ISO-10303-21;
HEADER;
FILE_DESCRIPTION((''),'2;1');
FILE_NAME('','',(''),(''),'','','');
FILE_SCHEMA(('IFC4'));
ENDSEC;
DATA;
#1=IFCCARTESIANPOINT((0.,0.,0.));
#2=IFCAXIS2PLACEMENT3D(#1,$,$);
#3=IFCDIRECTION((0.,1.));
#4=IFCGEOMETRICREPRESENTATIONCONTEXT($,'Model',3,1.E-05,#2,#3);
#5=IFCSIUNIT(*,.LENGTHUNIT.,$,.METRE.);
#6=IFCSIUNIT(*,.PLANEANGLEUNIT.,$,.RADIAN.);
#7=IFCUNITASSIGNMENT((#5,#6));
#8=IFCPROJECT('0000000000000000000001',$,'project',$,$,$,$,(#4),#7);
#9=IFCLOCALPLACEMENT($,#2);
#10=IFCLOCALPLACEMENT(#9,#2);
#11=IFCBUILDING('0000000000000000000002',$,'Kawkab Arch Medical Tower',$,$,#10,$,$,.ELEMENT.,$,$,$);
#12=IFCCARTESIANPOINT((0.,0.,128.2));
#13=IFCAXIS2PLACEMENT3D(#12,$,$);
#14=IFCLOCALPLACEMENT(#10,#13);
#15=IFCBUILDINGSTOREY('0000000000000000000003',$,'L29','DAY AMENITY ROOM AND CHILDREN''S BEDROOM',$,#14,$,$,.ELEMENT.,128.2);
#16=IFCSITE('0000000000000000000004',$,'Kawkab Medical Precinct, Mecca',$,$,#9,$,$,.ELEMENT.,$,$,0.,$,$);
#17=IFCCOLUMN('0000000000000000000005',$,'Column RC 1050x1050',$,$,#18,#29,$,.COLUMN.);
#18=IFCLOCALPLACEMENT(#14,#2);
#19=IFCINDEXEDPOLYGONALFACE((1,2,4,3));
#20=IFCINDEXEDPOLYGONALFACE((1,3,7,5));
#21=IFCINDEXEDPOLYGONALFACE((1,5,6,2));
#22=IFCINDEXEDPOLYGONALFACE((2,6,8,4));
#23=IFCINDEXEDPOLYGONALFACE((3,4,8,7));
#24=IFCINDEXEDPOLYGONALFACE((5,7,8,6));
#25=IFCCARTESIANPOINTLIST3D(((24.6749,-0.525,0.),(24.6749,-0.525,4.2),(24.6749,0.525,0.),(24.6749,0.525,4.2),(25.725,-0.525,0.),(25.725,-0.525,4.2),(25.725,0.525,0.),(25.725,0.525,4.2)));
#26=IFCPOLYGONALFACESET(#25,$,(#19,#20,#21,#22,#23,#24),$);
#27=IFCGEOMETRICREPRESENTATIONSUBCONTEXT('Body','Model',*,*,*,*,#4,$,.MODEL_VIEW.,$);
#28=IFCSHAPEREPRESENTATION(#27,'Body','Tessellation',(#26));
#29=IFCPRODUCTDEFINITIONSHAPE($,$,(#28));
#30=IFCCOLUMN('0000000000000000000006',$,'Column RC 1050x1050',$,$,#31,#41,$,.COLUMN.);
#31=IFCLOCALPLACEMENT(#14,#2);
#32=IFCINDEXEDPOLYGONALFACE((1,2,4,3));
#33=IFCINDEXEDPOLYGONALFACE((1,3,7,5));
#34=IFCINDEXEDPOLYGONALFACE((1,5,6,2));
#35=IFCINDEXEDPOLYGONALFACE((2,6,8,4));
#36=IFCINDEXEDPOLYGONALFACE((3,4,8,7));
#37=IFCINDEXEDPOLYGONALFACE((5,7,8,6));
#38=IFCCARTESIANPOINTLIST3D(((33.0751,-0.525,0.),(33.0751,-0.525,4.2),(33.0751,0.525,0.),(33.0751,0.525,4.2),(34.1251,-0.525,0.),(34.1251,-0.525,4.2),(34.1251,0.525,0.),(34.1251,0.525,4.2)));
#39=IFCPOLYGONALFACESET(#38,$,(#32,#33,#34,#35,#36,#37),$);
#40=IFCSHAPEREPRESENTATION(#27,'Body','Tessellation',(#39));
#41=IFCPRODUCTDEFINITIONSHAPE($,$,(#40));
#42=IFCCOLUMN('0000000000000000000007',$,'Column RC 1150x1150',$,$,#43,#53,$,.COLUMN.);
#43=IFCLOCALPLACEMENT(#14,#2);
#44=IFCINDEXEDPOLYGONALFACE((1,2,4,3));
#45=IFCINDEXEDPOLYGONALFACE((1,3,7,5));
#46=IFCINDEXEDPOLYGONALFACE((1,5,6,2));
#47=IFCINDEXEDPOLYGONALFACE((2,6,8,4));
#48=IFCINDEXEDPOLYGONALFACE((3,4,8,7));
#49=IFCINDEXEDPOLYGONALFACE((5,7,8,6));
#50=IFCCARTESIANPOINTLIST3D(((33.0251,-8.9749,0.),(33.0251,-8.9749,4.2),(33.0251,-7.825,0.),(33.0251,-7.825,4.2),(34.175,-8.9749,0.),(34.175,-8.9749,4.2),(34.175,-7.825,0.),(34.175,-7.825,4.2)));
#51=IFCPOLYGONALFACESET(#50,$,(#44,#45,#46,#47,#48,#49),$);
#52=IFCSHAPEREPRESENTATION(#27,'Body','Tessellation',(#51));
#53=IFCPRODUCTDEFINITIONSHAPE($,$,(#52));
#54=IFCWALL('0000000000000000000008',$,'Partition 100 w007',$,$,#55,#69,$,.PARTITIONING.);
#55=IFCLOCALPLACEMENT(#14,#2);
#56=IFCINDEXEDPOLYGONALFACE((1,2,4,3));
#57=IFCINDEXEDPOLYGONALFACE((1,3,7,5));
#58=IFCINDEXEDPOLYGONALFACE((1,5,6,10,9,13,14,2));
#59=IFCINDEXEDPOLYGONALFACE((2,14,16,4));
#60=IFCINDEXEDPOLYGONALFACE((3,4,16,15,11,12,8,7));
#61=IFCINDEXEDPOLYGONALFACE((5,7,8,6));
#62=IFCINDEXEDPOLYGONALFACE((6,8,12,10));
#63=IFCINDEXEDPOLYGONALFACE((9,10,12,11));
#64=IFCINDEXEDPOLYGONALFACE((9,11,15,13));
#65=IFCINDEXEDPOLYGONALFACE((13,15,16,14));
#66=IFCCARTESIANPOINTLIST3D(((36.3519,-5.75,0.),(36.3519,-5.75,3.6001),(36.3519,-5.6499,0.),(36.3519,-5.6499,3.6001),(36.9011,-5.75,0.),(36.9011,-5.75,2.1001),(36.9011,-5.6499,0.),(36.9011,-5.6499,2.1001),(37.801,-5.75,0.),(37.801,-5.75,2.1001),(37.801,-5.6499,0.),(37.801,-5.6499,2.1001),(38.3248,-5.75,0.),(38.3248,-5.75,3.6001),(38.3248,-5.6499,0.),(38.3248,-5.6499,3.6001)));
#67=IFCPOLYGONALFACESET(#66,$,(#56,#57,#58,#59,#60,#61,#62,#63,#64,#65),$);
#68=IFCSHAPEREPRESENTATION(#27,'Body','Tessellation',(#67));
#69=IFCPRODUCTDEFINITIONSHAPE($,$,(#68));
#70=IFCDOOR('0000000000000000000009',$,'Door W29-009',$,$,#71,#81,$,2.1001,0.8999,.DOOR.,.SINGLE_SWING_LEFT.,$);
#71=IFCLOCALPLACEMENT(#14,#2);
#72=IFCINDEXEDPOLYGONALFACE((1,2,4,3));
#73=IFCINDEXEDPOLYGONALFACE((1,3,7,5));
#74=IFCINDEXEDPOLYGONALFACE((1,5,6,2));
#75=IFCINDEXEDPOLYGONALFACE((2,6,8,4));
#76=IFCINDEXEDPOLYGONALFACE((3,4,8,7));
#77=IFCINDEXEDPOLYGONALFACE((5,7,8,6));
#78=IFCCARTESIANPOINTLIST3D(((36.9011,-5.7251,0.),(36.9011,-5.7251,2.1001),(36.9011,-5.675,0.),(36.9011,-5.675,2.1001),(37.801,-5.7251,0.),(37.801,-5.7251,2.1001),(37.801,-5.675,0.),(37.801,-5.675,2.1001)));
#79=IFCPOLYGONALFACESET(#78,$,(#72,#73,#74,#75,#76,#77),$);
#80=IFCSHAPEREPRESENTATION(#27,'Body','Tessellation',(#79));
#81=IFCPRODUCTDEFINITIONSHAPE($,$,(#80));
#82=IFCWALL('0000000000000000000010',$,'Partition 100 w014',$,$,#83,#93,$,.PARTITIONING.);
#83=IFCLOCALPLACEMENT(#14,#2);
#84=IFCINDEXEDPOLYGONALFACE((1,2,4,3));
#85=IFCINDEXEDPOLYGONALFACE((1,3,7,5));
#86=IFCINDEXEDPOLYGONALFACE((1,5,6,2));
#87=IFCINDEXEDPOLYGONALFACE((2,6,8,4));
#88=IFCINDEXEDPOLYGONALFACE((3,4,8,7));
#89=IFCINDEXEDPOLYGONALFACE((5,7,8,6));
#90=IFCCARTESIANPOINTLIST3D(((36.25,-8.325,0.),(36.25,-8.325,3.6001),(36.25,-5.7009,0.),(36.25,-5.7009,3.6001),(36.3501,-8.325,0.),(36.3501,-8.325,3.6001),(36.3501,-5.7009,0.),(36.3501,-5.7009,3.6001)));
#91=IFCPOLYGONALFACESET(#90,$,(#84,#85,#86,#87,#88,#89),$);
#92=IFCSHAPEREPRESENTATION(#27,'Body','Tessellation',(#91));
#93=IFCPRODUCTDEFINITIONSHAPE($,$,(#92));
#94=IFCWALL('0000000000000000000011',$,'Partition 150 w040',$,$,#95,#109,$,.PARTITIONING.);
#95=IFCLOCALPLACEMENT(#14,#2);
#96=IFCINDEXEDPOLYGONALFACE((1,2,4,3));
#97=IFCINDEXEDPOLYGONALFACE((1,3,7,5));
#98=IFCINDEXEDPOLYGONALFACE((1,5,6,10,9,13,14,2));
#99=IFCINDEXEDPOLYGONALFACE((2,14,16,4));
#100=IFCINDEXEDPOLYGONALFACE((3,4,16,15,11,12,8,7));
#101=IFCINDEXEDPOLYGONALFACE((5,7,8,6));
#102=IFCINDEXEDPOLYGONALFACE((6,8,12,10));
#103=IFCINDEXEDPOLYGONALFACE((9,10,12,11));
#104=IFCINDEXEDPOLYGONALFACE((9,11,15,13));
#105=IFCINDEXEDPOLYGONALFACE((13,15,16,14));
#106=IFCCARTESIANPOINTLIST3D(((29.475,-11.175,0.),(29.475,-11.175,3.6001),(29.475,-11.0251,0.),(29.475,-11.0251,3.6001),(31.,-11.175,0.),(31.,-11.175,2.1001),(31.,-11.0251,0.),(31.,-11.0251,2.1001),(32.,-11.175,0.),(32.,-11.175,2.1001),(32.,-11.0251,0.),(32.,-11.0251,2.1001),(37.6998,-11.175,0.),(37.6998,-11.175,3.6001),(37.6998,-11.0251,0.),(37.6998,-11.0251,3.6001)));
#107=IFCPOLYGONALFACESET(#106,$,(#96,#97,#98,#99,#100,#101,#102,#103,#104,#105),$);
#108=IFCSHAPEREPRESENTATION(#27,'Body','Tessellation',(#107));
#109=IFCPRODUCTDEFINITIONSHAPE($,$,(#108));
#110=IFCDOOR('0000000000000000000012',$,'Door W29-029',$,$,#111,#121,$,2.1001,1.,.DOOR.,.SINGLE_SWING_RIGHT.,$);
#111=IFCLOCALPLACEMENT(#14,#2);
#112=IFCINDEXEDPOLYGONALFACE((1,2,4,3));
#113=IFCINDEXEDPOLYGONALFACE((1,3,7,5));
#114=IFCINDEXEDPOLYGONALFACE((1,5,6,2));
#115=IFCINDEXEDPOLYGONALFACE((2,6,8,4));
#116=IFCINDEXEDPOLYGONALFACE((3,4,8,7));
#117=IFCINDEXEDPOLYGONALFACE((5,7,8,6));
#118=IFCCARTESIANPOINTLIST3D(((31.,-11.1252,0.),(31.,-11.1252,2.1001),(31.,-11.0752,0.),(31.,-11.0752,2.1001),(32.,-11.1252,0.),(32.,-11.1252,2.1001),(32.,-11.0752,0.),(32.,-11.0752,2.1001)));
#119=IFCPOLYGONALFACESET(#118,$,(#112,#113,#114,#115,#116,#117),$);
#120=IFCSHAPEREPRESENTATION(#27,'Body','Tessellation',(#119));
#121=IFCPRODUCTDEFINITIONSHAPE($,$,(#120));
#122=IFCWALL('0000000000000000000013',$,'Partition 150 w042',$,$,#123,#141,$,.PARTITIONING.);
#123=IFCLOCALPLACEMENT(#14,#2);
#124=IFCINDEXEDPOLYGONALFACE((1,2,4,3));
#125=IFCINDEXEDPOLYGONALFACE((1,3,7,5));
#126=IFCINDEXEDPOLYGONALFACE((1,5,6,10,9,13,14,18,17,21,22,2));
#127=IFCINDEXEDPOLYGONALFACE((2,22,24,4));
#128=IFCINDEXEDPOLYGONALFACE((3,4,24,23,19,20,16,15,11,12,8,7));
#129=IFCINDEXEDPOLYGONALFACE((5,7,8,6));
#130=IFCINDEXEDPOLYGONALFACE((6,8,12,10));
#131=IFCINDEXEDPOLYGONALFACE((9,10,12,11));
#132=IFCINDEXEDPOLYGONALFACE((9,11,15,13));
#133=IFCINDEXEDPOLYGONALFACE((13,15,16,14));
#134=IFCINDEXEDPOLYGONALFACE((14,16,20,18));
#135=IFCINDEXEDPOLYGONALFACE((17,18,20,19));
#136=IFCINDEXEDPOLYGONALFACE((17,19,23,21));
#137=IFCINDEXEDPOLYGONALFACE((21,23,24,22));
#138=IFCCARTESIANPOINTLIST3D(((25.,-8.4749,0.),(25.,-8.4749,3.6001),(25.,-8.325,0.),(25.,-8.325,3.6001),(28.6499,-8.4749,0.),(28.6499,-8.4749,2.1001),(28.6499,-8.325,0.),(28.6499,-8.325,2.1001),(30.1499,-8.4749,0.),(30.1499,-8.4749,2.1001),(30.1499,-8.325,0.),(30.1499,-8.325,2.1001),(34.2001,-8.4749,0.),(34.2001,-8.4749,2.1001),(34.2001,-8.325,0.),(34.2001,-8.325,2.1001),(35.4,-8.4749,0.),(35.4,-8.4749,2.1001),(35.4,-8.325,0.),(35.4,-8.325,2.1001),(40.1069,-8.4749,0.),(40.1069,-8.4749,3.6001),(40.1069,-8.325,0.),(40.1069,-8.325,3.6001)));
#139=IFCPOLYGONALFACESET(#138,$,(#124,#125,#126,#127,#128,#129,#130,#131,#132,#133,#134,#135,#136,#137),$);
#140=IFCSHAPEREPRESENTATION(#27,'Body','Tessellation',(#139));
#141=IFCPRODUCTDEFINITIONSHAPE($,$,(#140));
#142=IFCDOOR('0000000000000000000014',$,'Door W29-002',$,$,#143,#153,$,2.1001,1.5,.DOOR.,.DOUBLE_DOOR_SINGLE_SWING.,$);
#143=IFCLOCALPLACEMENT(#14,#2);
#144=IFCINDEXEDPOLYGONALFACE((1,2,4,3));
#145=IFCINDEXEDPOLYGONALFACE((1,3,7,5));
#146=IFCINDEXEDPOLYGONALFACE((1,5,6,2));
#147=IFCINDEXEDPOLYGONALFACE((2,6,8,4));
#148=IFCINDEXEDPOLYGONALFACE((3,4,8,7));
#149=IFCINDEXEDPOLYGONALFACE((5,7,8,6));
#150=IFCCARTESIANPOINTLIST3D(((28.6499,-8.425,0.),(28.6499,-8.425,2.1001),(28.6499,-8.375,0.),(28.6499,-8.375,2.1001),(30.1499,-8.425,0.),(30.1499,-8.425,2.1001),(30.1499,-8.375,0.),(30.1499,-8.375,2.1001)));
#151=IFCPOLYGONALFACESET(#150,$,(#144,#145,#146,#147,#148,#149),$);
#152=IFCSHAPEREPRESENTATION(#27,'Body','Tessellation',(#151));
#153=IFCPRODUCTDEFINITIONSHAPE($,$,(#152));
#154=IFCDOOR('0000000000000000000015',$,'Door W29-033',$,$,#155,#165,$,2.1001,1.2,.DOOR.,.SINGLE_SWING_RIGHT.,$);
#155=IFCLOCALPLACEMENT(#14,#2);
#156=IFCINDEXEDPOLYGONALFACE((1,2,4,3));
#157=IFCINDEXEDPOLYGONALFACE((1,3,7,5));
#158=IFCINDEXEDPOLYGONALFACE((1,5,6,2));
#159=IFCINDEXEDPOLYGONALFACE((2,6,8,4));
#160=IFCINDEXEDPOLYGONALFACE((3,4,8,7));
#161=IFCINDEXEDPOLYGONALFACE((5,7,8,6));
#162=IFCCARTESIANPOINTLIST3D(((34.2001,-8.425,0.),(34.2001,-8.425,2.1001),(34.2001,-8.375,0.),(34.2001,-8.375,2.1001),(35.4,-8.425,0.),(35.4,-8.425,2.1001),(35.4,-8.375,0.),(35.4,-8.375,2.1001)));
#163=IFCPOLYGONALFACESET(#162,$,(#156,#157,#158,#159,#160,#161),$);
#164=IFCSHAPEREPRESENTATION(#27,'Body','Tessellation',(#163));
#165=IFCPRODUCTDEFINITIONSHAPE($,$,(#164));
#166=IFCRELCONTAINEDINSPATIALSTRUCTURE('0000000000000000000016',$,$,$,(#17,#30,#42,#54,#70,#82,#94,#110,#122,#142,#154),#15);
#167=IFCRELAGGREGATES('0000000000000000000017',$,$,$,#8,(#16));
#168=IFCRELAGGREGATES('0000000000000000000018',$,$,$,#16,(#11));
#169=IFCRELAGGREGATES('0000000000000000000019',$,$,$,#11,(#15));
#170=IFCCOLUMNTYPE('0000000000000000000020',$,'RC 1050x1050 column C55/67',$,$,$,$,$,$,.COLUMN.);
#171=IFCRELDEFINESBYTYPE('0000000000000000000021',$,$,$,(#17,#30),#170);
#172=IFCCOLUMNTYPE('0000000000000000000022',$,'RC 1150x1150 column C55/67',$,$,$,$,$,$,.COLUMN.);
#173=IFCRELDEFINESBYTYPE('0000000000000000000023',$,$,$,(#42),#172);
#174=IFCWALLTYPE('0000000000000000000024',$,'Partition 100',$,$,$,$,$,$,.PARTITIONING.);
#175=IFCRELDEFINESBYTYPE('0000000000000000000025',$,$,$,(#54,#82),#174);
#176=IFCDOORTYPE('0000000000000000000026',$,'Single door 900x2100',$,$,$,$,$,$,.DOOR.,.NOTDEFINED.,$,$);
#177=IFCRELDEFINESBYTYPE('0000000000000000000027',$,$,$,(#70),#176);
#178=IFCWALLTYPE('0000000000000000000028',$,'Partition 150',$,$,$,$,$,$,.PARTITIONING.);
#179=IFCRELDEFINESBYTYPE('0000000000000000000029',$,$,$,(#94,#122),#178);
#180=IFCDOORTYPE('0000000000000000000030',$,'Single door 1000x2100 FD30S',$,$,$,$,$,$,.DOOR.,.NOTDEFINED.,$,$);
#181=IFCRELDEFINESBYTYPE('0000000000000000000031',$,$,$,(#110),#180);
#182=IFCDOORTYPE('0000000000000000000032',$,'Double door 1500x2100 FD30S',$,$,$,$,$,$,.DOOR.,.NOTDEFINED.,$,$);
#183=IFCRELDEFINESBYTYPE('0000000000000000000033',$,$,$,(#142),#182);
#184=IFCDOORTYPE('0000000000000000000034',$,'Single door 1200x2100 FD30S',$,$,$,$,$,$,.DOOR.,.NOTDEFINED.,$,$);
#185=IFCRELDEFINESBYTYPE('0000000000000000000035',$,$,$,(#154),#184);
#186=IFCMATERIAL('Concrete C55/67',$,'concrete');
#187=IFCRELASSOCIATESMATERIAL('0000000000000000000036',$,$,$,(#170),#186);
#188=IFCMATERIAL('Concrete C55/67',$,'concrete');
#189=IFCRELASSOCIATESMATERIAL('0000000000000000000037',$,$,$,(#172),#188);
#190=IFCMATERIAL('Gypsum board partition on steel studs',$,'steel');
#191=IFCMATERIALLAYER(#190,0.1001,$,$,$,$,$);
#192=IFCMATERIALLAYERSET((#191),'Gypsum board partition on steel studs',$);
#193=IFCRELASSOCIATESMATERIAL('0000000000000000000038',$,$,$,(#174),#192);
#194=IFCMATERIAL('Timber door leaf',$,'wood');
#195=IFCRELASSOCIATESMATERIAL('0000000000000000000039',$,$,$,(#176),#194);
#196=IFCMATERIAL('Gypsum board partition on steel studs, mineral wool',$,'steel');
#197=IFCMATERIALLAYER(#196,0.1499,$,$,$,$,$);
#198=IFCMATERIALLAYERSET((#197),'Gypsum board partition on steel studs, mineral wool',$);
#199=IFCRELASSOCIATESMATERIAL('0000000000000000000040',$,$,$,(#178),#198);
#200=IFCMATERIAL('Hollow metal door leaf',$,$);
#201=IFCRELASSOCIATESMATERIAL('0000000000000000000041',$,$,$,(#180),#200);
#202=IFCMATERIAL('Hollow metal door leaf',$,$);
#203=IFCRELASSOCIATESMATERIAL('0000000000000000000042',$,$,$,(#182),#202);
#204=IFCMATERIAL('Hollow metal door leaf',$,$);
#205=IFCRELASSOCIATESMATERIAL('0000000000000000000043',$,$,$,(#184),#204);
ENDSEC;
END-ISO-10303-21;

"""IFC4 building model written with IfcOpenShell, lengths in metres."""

from ifc_helpers import new_model, si_unit, direction, frame, frame_2d, origin, origin_2d, place, context, subcontext, project, spatial, rectangle, extrude, material, layer, layer_set, material_profile, profile_set, type_object, element, fill, save


model = new_model("IFC4")

# Units and contexts
model_context = context("Model", 3, precision=1e-05, world=origin(), true_north=direction((0.0, 1.0)))
body_context = subcontext(model_context, "Body", "Model", "MODEL_VIEW")
ifc_project = project(units=[si_unit("LENGTHUNIT", "METRE"), si_unit("PLANEANGLEUNIT", "RADIAN")], contexts=[model_context])

# Site, building, storey
site_placement = place(None, origin())
site = spatial("IfcSite", under=ifc_project, at=site_placement, Name="Kawkab Medical Precinct, Mecca", CompositionType="ELEMENT", RefElevation=0.0)
building_placement = place(site_placement, origin())
building = spatial("IfcBuilding", under=site, at=building_placement, Name="Kawkab Arch Medical Tower", CompositionType="ELEMENT")
storey_placement = place(building_placement, frame((0.0, 0.0, 128.2)))
storey = spatial("IfcBuildingStorey", under=building, at=storey_placement, Name="L29", Description="DAY AMENITY ROOM AND CHILDREN'S BEDROOM", CompositionType="ELEMENT", Elevation=128.2)

# Columns
ifc_material_1 = material(Name="Concrete C55/67", Category="concrete")
ifc_material_profile_1 = material_profile(ifc_material_1, rectangle(XDim=1.05, YDim=1.05, at=origin_2d()), Name="RC 1050x1050")
ifc_profile_set_1 = profile_set([ifc_material_profile_1], Name="Concrete C55/67")
column_type_1 = type_object("IfcColumnType", Name="RC 1050x1050 column C55/67", PredefinedType="COLUMN", material=ifc_profile_set_1)
for number, where, z_axis, x_axis, name in (
    (1, (25.2, 0.0, 0.0), (0.0, 0.0, 1.0), (1.0, 0.0, 0.0), "Column RC 1050x1050"),
    (2, (33.6001, 0.0, 0.0), (0.0, 0.0, 1.0), (1.0, 0.0, 0.0), "Column RC 1050x1050"),
):
    element("IfcColumn", number, at=place(storey_placement, frame(where, z_axis=z_axis, x_axis=x_axis)), inside=storey, type_object=column_type_1, Name=name, PredefinedType="COLUMN", context=body_context, shape_type="SweptSolid", body=[
        extrude(rectangle(XDim=1.05, YDim=1.05, at=origin_2d()), origin(), (0.0, 0.0, 1.0), 4.2),
    ])
ifc_material_2 = material(Name="Concrete C55/67", Category="concrete")
ifc_material_profile_2 = material_profile(ifc_material_2, rectangle(XDim=1.1499, YDim=1.1499, at=origin_2d()), Name="RC 1150x1150")
ifc_profile_set_2 = profile_set([ifc_material_profile_2], Name="Concrete C55/67")
column_type_2 = type_object("IfcColumnType", Name="RC 1150x1150 column C55/67", PredefinedType="COLUMN", material=ifc_profile_set_2)
column_placement = place(storey_placement, frame((33.6001, -8.3999, 0.0), z_axis=(0.0, 0.0, 1.0), x_axis=(1.0, 0.0, 0.0)))
element("IfcColumn", 3, at=column_placement, inside=storey, type_object=column_type_2, Name="Column RC 1150x1150", PredefinedType="COLUMN", context=body_context, shape_type="SweptSolid", body=[
    extrude(rectangle(XDim=1.1499, YDim=1.1499, at=origin_2d()), origin(), (0.0, 0.0, 1.0), 4.2),
])

# Wall, opening, door
ifc_material_3 = material(Name="Gypsum board partition on steel studs", Category="steel")
ifc_layer_1 = layer(ifc_material_3, 0.1001)
ifc_layer_set_1 = layer_set([ifc_layer_1], Name="Gypsum board partition on steel studs")
wall_type_1 = type_object("IfcWallType", Name="Partition 100", PredefinedType="PARTITIONING", material=ifc_layer_set_1)
wall_1_placement = place(storey_placement, frame((36.3521, -5.7, 0.0), z_axis=(0.0, 0.0, 1.0), x_axis=(1.0, 0.0, 0.0)))
wall_1 = element("IfcWall", 4, at=wall_1_placement, inside=storey, type_object=wall_type_1, Name="Partition 100 w007", PredefinedType="PARTITIONING", context=body_context, shape_type="SweptSolid", body=[
    extrude(rectangle(XDim=1.9729, YDim=0.1001, at=frame_2d((0.9863, 0.0))), origin(), (0.0, 0.0, 1.0), 3.6001),
])
opening_1_placement = place(wall_1_placement, frame((0.5491, 0.0, 0.0)))
opening_1 = element("IfcOpeningElement", 5, at=opening_1_placement, cuts=wall_1, PredefinedType="OPENING", context=body_context, shape_type="SweptSolid", body=[
    extrude(rectangle(XDim=0.8999, YDim=2.1001, at=frame_2d((0.45, 1.05))), frame((0.0, 0.0601, 0.0), z_axis=(0.0, -1.0, 0.0), x_axis=(1.0, 0.0, 0.0)), (0.0, 0.0, 1.0), 0.1201),
])
ifc_material_4 = material(Name="Timber door leaf", Category="wood")
door_type_1 = type_object("IfcDoorType", Name="Single door 900x2100", OperationType="NOTDEFINED", PredefinedType="DOOR", material=ifc_material_4)
door_1_placement = place(opening_1_placement, origin())
door_1 = element("IfcDoor", 6, at=door_1_placement, inside=storey, type_object=door_type_1, Name="Door W29-009", OperationType="SINGLE_SWING_LEFT", OverallHeight=2.1001, OverallWidth=0.8999, PredefinedType="DOOR", context=body_context, shape_type="SweptSolid", body=[
    extrude(rectangle(XDim=0.8999, YDim=2.1001, at=frame_2d((0.45, 1.05))), frame((0.0, 0.0249, 0.0), z_axis=(0.0, -1.0, 0.0), x_axis=(1.0, 0.0, 0.0)), (0.0, 0.0, 1.0), 0.05),
])
fill(opening_1, door_1)

# Wall
wall_2_placement = place(storey_placement, frame((36.3, -8.325, 0.0), z_axis=(0.0, 0.0, 1.0), x_axis=(0.0, 1.0, 0.0)))
element("IfcWall", 7, at=wall_2_placement, inside=storey, type_object=wall_type_1, Name="Partition 100 w014", PredefinedType="PARTITIONING", context=body_context, shape_type="SweptSolid", body=[
    extrude(rectangle(XDim=2.624, YDim=0.1001, at=frame_2d((1.312, 0.0))), origin(), (0.0, 0.0, 1.0), 3.6001),
])

# Wall, opening, door
ifc_material_5 = material(Name="Gypsum board partition on steel studs, mineral wool", Category="steel")
ifc_layer_2 = layer(ifc_material_5, 0.1499)
ifc_layer_set_2 = layer_set([ifc_layer_2], Name="Gypsum board partition on steel studs, mineral wool")
wall_type_2 = type_object("IfcWallType", Name="Partition 150", PredefinedType="PARTITIONING", material=ifc_layer_set_2)
wall_3_placement = place(storey_placement, frame((29.4751, -11.1001, 0.0), z_axis=(0.0, 0.0, 1.0), x_axis=(1.0, 0.0, 0.0)))
wall_3 = element("IfcWall", 8, at=wall_3_placement, inside=storey, type_object=wall_type_2, Name="Partition 150 w040", PredefinedType="PARTITIONING", context=body_context, shape_type="SweptSolid", body=[
    extrude(rectangle(XDim=8.2249, YDim=0.1499, at=frame_2d((4.1123, 0.0))), origin(), (0.0, 0.0, 1.0), 3.6001),
])
opening_2_placement = place(wall_3_placement, frame((1.5249, 0.0, 0.0)))
opening_2 = element("IfcOpeningElement", 9, at=opening_2_placement, cuts=wall_3, PredefinedType="OPENING", context=body_context, shape_type="SweptSolid", body=[
    extrude(rectangle(XDim=1.0, YDim=2.1001, at=frame_2d((0.5, 1.05))), frame((0.0, 0.085, 0.0), z_axis=(0.0, -1.0, 0.0), x_axis=(1.0, 0.0, 0.0)), (0.0, 0.0, 1.0), 0.1699),
])
ifc_material_6 = material(Name="Hollow metal door leaf")
door_type_2 = type_object("IfcDoorType", Name="Single door 1000x2100 FD30S", OperationType="NOTDEFINED", PredefinedType="DOOR", material=ifc_material_6)
door_2_placement = place(opening_2_placement, origin())
door_2 = element("IfcDoor", 10, at=door_2_placement, inside=storey, type_object=door_type_2, Name="Door W29-029", OperationType="SINGLE_SWING_RIGHT", OverallHeight=2.1001, OverallWidth=1.0, PredefinedType="DOOR", context=body_context, shape_type="SweptSolid", body=[
    extrude(rectangle(XDim=1.0, YDim=2.1001, at=frame_2d((0.5, 1.05))), frame((0.0, 0.0249, 0.0), z_axis=(0.0, -1.0, 0.0), x_axis=(1.0, 0.0, 0.0)), (0.0, 0.0, 1.0), 0.05),
])
fill(opening_2, door_2)

# Wall, openings, doors
wall_4_placement = place(storey_placement, frame((25.0, -8.3999, 0.0), z_axis=(0.0, 0.0, 1.0), x_axis=(1.0, 0.0, 0.0)))
wall_4 = element("IfcWall", 11, at=wall_4_placement, inside=storey, type_object=wall_type_2, Name="Partition 150 w042", PredefinedType="PARTITIONING", context=body_context, shape_type="SweptSolid", body=[
    extrude(rectangle(XDim=15.1069, YDim=0.1499, at=frame_2d((7.5535, 0.0))), origin(), (0.0, 0.0, 1.0), 3.6001),
])
opening_3_placement = place(wall_4_placement, frame((3.6499, 0.0, 0.0)))
opening_3 = element("IfcOpeningElement", 12, at=opening_3_placement, cuts=wall_4, PredefinedType="OPENING", context=body_context, shape_type="SweptSolid", body=[
    extrude(rectangle(XDim=1.5, YDim=2.1001, at=frame_2d((0.75, 1.05))), frame((0.0, 0.085, 0.0), z_axis=(0.0, -1.0, 0.0), x_axis=(1.0, 0.0, 0.0)), (0.0, 0.0, 1.0), 0.1699),
])
opening_4_placement = place(wall_4_placement, frame((9.2, 0.0, 0.0)))
opening_4 = element("IfcOpeningElement", 13, at=opening_4_placement, cuts=wall_4, PredefinedType="OPENING", context=body_context, shape_type="SweptSolid", body=[
    extrude(rectangle(XDim=1.2, YDim=2.1001, at=frame_2d((0.6001, 1.05))), frame((0.0, 0.085, 0.0), z_axis=(0.0, -1.0, 0.0), x_axis=(1.0, 0.0, 0.0)), (0.0, 0.0, 1.0), 0.1699),
])
ifc_material_7 = material(Name="Hollow metal door leaf")
door_type_3 = type_object("IfcDoorType", Name="Double door 1500x2100 FD30S", OperationType="NOTDEFINED", PredefinedType="DOOR", material=ifc_material_7)
door_3_placement = place(opening_3_placement, origin())
door_3 = element("IfcDoor", 14, at=door_3_placement, inside=storey, type_object=door_type_3, Name="Door W29-002", OperationType="DOUBLE_DOOR_SINGLE_SWING", OverallHeight=2.1001, OverallWidth=1.5, PredefinedType="DOOR", context=body_context, shape_type="SweptSolid", body=[
    extrude(rectangle(XDim=1.5, YDim=2.1001, at=frame_2d((0.75, 1.05))), frame((0.0, 0.0249, 0.0), z_axis=(0.0, -1.0, 0.0), x_axis=(1.0, 0.0, 0.0)), (0.0, 0.0, 1.0), 0.05),
])
fill(opening_3, door_3)
ifc_material_8 = material(Name="Hollow metal door leaf")
door_type_4 = type_object("IfcDoorType", Name="Single door 1200x2100 FD30S", OperationType="NOTDEFINED", PredefinedType="DOOR", material=ifc_material_8)
door_4_placement = place(opening_4_placement, origin())
door_4 = element("IfcDoor", 15, at=door_4_placement, inside=storey, type_object=door_type_4, Name="Door W29-033", OperationType="SINGLE_SWING_RIGHT", OverallHeight=2.1001, OverallWidth=1.2, PredefinedType="DOOR", context=body_context, shape_type="SweptSolid", body=[
    extrude(rectangle(XDim=1.2, YDim=2.1001, at=frame_2d((0.6001, 1.05))), frame((0.0, 0.0249, 0.0), z_axis=(0.0, -1.0, 0.0), x_axis=(1.0, 0.0, 0.0)), (0.0, 0.0, 1.0), 0.05),
])
fill(opening_4, door_4)

save(model, "model.ifc")
